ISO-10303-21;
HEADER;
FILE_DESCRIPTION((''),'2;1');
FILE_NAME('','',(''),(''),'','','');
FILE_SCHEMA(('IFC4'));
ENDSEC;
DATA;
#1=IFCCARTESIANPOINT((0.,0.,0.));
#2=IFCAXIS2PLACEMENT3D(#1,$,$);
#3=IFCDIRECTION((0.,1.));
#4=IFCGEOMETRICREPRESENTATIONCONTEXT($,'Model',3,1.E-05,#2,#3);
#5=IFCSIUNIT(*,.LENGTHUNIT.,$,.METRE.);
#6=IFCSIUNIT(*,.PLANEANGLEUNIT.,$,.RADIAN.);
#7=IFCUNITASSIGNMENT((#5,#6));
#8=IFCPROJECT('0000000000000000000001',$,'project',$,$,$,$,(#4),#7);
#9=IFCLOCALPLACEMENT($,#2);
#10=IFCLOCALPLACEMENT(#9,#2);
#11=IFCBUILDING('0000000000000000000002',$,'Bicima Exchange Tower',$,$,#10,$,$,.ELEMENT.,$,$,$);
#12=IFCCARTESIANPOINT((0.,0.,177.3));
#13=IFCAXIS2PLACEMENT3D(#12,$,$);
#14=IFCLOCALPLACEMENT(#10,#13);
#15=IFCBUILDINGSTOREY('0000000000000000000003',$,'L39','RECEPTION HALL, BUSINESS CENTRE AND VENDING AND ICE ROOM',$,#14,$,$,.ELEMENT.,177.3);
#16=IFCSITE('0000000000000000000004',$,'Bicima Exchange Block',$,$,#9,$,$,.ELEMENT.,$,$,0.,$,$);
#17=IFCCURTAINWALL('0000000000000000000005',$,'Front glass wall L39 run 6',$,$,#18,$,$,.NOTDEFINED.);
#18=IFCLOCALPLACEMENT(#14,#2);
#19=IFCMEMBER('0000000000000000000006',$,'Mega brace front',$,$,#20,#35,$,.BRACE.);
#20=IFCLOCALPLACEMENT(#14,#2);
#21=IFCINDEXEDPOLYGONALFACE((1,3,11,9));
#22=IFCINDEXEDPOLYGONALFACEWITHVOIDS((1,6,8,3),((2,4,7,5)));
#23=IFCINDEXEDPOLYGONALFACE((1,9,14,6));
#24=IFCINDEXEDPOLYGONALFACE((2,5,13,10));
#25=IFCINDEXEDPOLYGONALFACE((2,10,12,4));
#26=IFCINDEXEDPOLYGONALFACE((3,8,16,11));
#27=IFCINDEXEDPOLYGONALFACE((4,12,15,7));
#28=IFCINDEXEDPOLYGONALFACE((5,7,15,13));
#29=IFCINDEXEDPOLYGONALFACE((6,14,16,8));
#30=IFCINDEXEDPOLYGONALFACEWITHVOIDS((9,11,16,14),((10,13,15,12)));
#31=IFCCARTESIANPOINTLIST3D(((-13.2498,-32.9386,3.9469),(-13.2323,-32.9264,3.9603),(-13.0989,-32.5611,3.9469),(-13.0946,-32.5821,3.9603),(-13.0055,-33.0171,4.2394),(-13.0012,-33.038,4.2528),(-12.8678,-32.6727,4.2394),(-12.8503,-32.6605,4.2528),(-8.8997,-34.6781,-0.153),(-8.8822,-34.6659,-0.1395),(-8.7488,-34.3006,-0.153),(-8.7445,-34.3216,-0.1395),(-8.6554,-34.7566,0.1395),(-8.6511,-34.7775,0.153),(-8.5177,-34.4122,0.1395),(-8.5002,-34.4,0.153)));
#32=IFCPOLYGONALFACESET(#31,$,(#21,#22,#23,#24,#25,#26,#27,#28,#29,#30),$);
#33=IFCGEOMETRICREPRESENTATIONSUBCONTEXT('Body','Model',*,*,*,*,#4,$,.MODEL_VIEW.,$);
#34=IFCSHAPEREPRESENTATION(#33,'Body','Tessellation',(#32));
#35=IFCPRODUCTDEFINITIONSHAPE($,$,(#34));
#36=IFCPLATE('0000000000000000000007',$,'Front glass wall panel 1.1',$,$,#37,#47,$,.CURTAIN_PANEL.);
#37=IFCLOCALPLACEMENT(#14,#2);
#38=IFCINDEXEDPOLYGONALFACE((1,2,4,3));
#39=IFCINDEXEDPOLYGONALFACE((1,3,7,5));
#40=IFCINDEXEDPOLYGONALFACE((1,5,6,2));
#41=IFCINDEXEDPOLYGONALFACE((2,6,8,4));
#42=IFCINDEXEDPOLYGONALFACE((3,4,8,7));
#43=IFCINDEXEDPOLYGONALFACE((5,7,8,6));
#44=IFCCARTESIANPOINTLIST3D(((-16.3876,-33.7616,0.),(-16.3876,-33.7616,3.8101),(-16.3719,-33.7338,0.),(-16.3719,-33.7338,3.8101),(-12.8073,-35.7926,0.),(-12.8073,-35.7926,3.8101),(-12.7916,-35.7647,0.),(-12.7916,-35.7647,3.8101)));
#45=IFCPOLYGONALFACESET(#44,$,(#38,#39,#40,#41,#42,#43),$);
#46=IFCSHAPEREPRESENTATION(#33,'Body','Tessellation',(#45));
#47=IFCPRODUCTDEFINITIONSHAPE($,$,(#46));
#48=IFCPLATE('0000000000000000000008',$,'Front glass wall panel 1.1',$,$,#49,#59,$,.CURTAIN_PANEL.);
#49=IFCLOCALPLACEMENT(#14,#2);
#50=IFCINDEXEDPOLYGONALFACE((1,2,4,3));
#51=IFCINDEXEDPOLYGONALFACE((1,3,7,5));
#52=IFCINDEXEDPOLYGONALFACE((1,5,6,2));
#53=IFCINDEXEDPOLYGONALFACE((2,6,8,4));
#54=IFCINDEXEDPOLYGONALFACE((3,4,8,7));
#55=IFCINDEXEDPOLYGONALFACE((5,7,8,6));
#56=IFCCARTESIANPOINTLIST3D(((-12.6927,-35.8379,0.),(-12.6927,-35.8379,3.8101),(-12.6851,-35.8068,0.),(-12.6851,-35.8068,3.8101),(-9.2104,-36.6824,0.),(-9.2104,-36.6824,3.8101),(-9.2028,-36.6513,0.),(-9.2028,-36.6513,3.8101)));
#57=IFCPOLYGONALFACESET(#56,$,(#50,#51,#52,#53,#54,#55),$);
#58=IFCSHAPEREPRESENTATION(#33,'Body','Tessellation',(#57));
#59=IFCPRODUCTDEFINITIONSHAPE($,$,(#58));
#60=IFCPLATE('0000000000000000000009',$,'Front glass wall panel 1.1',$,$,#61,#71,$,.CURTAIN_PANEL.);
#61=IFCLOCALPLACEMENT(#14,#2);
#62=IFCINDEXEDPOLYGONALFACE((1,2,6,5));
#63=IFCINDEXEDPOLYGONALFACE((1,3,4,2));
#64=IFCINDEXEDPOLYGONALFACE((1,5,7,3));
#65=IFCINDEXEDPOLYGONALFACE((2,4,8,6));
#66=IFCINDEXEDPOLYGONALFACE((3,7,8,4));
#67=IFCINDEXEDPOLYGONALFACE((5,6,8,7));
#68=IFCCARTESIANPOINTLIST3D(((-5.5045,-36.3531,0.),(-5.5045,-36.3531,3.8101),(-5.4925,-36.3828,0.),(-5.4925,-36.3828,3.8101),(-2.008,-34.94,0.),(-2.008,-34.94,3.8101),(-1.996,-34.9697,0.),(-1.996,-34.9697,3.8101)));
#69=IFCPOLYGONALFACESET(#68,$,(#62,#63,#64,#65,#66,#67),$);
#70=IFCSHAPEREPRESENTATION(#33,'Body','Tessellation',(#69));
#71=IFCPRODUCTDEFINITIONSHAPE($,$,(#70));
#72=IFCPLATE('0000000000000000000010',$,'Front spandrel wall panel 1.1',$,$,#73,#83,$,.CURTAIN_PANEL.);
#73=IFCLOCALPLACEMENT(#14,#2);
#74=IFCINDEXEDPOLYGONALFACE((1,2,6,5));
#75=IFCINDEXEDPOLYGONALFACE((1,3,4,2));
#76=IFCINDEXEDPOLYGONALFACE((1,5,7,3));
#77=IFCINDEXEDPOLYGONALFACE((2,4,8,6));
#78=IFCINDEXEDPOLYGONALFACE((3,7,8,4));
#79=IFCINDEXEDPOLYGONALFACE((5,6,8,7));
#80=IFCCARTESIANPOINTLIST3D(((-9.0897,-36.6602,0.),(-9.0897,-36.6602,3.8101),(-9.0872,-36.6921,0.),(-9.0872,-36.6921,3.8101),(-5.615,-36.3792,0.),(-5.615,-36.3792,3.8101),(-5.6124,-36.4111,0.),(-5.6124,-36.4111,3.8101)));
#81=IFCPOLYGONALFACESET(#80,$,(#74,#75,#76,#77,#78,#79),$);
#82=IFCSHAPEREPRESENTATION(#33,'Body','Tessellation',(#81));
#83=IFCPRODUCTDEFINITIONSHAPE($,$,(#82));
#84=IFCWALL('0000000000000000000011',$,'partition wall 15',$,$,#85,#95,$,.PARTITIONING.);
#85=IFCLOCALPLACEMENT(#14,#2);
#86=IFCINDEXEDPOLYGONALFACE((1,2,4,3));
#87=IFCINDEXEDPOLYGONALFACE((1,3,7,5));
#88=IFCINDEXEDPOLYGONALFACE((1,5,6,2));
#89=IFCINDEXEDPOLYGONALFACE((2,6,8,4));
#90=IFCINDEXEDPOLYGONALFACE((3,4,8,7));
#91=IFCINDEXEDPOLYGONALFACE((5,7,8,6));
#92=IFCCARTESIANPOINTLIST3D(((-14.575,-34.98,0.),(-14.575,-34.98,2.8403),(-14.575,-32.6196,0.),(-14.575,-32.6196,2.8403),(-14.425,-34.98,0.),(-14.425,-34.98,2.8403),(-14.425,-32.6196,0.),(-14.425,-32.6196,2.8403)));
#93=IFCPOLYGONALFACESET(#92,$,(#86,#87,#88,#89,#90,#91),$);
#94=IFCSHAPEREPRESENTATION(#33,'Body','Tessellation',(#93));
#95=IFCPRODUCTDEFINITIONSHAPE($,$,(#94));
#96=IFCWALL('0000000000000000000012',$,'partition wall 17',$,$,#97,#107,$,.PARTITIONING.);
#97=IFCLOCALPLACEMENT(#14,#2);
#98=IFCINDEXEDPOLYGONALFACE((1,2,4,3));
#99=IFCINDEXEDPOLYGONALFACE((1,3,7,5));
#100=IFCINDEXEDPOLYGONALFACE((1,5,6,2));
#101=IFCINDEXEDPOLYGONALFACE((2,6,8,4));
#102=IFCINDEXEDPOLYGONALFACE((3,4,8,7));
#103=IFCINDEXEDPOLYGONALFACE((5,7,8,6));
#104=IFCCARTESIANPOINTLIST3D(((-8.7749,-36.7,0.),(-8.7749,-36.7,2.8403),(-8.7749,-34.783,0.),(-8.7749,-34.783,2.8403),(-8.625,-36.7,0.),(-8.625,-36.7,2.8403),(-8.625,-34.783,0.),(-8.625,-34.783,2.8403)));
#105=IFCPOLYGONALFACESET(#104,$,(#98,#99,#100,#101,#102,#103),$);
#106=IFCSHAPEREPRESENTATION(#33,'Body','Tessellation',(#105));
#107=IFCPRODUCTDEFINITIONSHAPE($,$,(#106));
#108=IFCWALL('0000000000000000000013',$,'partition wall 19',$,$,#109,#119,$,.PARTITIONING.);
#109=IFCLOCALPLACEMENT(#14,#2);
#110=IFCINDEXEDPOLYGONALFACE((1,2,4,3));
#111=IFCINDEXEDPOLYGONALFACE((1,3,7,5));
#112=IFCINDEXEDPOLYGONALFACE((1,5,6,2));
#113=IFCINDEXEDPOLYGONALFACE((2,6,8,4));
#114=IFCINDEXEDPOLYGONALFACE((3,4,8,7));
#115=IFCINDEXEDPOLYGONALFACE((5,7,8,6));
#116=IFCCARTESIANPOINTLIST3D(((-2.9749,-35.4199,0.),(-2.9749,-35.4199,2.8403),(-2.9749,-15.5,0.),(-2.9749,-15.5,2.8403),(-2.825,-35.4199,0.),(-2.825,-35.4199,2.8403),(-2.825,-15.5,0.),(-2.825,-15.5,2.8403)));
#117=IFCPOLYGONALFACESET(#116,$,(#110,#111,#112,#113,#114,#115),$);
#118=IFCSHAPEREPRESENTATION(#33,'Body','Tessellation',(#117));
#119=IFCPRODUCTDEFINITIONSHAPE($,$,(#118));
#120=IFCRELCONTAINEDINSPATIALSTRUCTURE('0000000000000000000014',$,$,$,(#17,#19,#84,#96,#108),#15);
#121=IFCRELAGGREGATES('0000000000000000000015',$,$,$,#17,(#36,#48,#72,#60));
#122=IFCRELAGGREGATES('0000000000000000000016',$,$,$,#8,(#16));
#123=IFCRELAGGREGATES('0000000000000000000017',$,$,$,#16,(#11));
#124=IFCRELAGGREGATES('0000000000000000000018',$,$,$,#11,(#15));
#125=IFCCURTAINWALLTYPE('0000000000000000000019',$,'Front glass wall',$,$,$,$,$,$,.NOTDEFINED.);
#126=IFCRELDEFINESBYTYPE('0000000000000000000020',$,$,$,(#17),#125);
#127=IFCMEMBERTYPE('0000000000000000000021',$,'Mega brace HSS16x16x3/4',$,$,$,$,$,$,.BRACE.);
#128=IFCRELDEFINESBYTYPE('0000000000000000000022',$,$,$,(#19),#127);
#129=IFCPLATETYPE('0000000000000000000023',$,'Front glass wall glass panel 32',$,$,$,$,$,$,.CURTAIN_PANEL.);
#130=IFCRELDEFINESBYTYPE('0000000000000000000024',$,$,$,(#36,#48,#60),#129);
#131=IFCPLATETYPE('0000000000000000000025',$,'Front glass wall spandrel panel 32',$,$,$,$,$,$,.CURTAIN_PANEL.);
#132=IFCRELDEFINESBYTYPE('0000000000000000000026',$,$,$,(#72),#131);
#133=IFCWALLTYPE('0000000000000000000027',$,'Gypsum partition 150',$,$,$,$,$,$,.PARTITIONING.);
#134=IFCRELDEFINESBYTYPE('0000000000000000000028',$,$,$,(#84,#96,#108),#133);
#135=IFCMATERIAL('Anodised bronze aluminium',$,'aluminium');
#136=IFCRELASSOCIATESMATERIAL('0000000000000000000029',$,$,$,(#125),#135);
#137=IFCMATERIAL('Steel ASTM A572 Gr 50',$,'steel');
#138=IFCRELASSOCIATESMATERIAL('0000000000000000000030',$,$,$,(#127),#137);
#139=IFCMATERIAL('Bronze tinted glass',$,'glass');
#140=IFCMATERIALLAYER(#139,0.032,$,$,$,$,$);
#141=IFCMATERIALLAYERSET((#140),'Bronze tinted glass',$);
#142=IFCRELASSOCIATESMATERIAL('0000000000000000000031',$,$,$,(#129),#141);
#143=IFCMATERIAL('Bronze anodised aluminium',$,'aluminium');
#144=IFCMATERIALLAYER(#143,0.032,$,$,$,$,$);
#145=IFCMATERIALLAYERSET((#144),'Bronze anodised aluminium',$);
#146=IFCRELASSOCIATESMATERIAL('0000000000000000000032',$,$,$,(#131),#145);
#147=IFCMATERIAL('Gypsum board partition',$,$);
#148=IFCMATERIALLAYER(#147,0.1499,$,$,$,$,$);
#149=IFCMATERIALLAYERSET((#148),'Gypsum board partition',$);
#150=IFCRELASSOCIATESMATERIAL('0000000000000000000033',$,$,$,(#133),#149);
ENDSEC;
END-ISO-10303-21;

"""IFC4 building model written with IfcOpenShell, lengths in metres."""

from ifc_helpers import new_model, si_unit, direction, frame, frame_2d, origin, origin_2d, place, context, subcontext, project, spatial, rectangle, hollow_rectangle, extrude, material, layer, layer_set, material_profile, profile_set, type_object, element, aggregate, save


model = new_model("IFC4")

# Units and contexts
model_context = context("Model", 3, precision=1e-05, world=origin(), true_north=direction((0.0, 1.0)))
body_context = subcontext(model_context, "Body", "Model", "MODEL_VIEW")
ifc_project = project(units=[si_unit("LENGTHUNIT", "METRE"), si_unit("PLANEANGLEUNIT", "RADIAN")], contexts=[model_context])

# Site, building, storey
site_placement = place(None, origin())
site = spatial("IfcSite", under=ifc_project, at=site_placement, Name="Bicima Exchange Block", CompositionType="ELEMENT", RefElevation=0.0)
building_placement = place(site_placement, origin())
building = spatial("IfcBuilding", under=site, at=building_placement, Name="Bicima Exchange Tower", CompositionType="ELEMENT")
storey_placement = place(building_placement, frame((0.0, 0.0, 177.3)))
storey = spatial("IfcBuildingStorey", under=building, at=storey_placement, Name="L39", Description="RECEPTION HALL, BUSINESS CENTRE AND VENDING AND ICE ROOM", CompositionType="ELEMENT", Elevation=177.3)

# Curtain wall
ifc_material_1 = material(Name="Anodised bronze aluminium", Category="aluminium")
curtain_wall_type = type_object("IfcCurtainWallType", Name="Front glass wall", PredefinedType="NOTDEFINED", material=ifc_material_1)
curtain_wall_placement = place(storey_placement, origin())
curtain_wall = element("IfcCurtainWall", 1, at=curtain_wall_placement, inside=storey, type_object=curtain_wall_type, Name="Front glass wall L39 run 6", PredefinedType="NOTDEFINED")

# Member
ifc_material_2 = material(Name="Steel ASTM A572 Gr 50", Category="steel")
ifc_material_profile_1 = material_profile(ifc_material_2, hollow_rectangle(XDim=0.4065, YDim=0.4065, WallThickness=0.0178, at=origin_2d()))
ifc_profile_set_1 = profile_set([ifc_material_profile_1], Name="Steel ASTM A572 Gr 50")
member_type_1 = type_object("IfcMemberType", Name="Mega brace HSS16x16x3/4", PredefinedType="BRACE", material=ifc_profile_set_1)
member_1_placement = place(storey_placement, frame((-8.7, -34.5391, 0.0), z_axis=(-0.698744, 0.279411, 0.658548), x_axis=(-0.371292, -0.928516, 0.0)))
element("IfcMember", 2, at=member_1_placement, inside=storey, type_object=member_type_1, Name="Mega brace front", PredefinedType="BRACE", context=body_context, shape_type="SweptSolid", body=[
    extrude(hollow_rectangle(XDim=0.4065, YDim=0.4065, WallThickness=0.0178, at=origin_2d()), origin(), (0.0, 0.0, 1.0), 6.2256),
])

# Plates
ifc_material_3 = material(Name="Bronze tinted glass", Category="glass")
ifc_layer_1 = layer(ifc_material_3, 0.032)
ifc_layer_set_1 = layer_set([ifc_layer_1], Name="Bronze tinted glass")
plate_type_1 = type_object("IfcPlateType", Name="Front glass wall glass panel 32", PredefinedType="CURTAIN_PANEL", material=ifc_layer_set_1)
plate_1_placement = place(storey_placement, frame((-14.5896, -34.7632, 0.0), z_axis=(0.0, 0.0, 1.0), x_axis=(0.869805, -0.493395, 0.0)))
plate_1 = element("IfcPlate", 3, at=plate_1_placement, type_object=plate_type_1, Name="Front glass wall panel 1.1", PredefinedType="CURTAIN_PANEL", context=body_context, shape_type="SweptSolid", body=[
    extrude(rectangle(XDim=4.1162, YDim=0.032, at=origin_2d()), origin(), (0.0, 0.0, 1.0), 3.8101),
])
plate_2_placement = place(storey_placement, frame((-10.9478, -36.2446, 0.0), z_axis=(0.0, 0.0, 1.0), x_axis=(0.97183, -0.235682, 0.0)))
plate_2 = element("IfcPlate", 4, at=plate_2_placement, type_object=plate_type_1, Name="Front glass wall panel 1.1", PredefinedType="CURTAIN_PANEL", context=body_context, shape_type="SweptSolid", body=[
    extrude(rectangle(XDim=3.5833, YDim=0.032, at=origin_2d()), origin(), (0.0, 0.0, 1.0), 3.8101),
])
plate_3_placement = place(storey_placement, frame((-3.7502, -35.6614, 0.0), z_axis=(0.0, 0.0, 1.0), x_axis=(0.927144, 0.374705, 0.0)))
plate_3 = element("IfcPlate", 5, at=plate_3_placement, type_object=plate_type_1, Name="Front glass wall panel 1.1", PredefinedType="CURTAIN_PANEL", context=body_context, shape_type="SweptSolid", body=[
    extrude(rectangle(XDim=3.7712, YDim=0.032, at=origin_2d()), origin(), (0.0, 0.0, 1.0), 3.8101),
])
ifc_material_4 = material(Name="Bronze anodised aluminium", Category="aluminium")
ifc_layer_2 = layer(ifc_material_4, 0.032)
ifc_layer_set_2 = layer_set([ifc_layer_2], Name="Bronze anodised aluminium")
plate_type_2 = type_object("IfcPlateType", Name="Front glass wall spandrel panel 32", PredefinedType="CURTAIN_PANEL", material=ifc_layer_set_2)
plate_4_placement = place(storey_placement, frame((-7.3511, -36.5356, 0.0), z_axis=(0.0, 0.0, 1.0), x_axis=(0.996747, 0.080589, 0.0)))
plate_4 = element("IfcPlate", 6, at=plate_4_placement, type_object=plate_type_2, Name="Front spandrel wall panel 1.1", PredefinedType="CURTAIN_PANEL", context=body_context, shape_type="SweptSolid", body=[
    extrude(rectangle(XDim=3.4861, YDim=0.032, at=origin_2d()), origin(), (0.0, 0.0, 1.0), 3.8101),
])
aggregate(curtain_wall, [plate_1, plate_2, plate_4, plate_3])

# Walls
ifc_material_5 = material(Name="Gypsum board partition")
ifc_layer_3 = layer(ifc_material_5, 0.1499)
ifc_layer_set_3 = layer_set([ifc_layer_3], Name="Gypsum board partition")
wall_type = type_object("IfcWallType", Name="Gypsum partition 150", PredefinedType="PARTITIONING", material=ifc_layer_set_3)
wall_1_placement = place(storey_placement, frame((-14.5, -34.98, 0.0), z_axis=(0.0, 0.0, 1.0), x_axis=(0.0, 1.0, 0.0)))
element("IfcWall", 7, at=wall_1_placement, inside=storey, type_object=wall_type, Name="partition wall 15", PredefinedType="PARTITIONING", context=body_context, shape_type="SweptSolid", body=[
    extrude(rectangle(XDim=2.3604, YDim=0.1499, at=frame_2d((1.1802, 0.0))), origin(), (0.0, 0.0, 1.0), 2.8403),
])
wall_2_placement = place(storey_placement, frame((-8.7, -36.7, 0.0), z_axis=(0.0, 0.0, 1.0), x_axis=(0.0, 1.0, 0.0)))
element("IfcWall", 8, at=wall_2_placement, inside=storey, type_object=wall_type, Name="partition wall 17", PredefinedType="PARTITIONING", context=body_context, shape_type="SweptSolid", body=[
    extrude(rectangle(XDim=1.917, YDim=0.1499, at=frame_2d((0.9585, 0.0))), origin(), (0.0, 0.0, 1.0), 2.8403),
])
wall_3_placement = place(storey_placement, frame((-2.8999, -35.4199, 0.0), z_axis=(0.0, 0.0, 1.0), x_axis=(0.0, 1.0, 0.0)))
element("IfcWall", 9, at=wall_3_placement, inside=storey, type_object=wall_type, Name="partition wall 19", PredefinedType="PARTITIONING", context=body_context, shape_type="SweptSolid", body=[
    extrude(rectangle(XDim=19.9199, YDim=0.1499, at=frame_2d((9.96, 0.0))), origin(), (0.0, 0.0, 1.0), 2.8403),
])

save(model, "model.ifc")
